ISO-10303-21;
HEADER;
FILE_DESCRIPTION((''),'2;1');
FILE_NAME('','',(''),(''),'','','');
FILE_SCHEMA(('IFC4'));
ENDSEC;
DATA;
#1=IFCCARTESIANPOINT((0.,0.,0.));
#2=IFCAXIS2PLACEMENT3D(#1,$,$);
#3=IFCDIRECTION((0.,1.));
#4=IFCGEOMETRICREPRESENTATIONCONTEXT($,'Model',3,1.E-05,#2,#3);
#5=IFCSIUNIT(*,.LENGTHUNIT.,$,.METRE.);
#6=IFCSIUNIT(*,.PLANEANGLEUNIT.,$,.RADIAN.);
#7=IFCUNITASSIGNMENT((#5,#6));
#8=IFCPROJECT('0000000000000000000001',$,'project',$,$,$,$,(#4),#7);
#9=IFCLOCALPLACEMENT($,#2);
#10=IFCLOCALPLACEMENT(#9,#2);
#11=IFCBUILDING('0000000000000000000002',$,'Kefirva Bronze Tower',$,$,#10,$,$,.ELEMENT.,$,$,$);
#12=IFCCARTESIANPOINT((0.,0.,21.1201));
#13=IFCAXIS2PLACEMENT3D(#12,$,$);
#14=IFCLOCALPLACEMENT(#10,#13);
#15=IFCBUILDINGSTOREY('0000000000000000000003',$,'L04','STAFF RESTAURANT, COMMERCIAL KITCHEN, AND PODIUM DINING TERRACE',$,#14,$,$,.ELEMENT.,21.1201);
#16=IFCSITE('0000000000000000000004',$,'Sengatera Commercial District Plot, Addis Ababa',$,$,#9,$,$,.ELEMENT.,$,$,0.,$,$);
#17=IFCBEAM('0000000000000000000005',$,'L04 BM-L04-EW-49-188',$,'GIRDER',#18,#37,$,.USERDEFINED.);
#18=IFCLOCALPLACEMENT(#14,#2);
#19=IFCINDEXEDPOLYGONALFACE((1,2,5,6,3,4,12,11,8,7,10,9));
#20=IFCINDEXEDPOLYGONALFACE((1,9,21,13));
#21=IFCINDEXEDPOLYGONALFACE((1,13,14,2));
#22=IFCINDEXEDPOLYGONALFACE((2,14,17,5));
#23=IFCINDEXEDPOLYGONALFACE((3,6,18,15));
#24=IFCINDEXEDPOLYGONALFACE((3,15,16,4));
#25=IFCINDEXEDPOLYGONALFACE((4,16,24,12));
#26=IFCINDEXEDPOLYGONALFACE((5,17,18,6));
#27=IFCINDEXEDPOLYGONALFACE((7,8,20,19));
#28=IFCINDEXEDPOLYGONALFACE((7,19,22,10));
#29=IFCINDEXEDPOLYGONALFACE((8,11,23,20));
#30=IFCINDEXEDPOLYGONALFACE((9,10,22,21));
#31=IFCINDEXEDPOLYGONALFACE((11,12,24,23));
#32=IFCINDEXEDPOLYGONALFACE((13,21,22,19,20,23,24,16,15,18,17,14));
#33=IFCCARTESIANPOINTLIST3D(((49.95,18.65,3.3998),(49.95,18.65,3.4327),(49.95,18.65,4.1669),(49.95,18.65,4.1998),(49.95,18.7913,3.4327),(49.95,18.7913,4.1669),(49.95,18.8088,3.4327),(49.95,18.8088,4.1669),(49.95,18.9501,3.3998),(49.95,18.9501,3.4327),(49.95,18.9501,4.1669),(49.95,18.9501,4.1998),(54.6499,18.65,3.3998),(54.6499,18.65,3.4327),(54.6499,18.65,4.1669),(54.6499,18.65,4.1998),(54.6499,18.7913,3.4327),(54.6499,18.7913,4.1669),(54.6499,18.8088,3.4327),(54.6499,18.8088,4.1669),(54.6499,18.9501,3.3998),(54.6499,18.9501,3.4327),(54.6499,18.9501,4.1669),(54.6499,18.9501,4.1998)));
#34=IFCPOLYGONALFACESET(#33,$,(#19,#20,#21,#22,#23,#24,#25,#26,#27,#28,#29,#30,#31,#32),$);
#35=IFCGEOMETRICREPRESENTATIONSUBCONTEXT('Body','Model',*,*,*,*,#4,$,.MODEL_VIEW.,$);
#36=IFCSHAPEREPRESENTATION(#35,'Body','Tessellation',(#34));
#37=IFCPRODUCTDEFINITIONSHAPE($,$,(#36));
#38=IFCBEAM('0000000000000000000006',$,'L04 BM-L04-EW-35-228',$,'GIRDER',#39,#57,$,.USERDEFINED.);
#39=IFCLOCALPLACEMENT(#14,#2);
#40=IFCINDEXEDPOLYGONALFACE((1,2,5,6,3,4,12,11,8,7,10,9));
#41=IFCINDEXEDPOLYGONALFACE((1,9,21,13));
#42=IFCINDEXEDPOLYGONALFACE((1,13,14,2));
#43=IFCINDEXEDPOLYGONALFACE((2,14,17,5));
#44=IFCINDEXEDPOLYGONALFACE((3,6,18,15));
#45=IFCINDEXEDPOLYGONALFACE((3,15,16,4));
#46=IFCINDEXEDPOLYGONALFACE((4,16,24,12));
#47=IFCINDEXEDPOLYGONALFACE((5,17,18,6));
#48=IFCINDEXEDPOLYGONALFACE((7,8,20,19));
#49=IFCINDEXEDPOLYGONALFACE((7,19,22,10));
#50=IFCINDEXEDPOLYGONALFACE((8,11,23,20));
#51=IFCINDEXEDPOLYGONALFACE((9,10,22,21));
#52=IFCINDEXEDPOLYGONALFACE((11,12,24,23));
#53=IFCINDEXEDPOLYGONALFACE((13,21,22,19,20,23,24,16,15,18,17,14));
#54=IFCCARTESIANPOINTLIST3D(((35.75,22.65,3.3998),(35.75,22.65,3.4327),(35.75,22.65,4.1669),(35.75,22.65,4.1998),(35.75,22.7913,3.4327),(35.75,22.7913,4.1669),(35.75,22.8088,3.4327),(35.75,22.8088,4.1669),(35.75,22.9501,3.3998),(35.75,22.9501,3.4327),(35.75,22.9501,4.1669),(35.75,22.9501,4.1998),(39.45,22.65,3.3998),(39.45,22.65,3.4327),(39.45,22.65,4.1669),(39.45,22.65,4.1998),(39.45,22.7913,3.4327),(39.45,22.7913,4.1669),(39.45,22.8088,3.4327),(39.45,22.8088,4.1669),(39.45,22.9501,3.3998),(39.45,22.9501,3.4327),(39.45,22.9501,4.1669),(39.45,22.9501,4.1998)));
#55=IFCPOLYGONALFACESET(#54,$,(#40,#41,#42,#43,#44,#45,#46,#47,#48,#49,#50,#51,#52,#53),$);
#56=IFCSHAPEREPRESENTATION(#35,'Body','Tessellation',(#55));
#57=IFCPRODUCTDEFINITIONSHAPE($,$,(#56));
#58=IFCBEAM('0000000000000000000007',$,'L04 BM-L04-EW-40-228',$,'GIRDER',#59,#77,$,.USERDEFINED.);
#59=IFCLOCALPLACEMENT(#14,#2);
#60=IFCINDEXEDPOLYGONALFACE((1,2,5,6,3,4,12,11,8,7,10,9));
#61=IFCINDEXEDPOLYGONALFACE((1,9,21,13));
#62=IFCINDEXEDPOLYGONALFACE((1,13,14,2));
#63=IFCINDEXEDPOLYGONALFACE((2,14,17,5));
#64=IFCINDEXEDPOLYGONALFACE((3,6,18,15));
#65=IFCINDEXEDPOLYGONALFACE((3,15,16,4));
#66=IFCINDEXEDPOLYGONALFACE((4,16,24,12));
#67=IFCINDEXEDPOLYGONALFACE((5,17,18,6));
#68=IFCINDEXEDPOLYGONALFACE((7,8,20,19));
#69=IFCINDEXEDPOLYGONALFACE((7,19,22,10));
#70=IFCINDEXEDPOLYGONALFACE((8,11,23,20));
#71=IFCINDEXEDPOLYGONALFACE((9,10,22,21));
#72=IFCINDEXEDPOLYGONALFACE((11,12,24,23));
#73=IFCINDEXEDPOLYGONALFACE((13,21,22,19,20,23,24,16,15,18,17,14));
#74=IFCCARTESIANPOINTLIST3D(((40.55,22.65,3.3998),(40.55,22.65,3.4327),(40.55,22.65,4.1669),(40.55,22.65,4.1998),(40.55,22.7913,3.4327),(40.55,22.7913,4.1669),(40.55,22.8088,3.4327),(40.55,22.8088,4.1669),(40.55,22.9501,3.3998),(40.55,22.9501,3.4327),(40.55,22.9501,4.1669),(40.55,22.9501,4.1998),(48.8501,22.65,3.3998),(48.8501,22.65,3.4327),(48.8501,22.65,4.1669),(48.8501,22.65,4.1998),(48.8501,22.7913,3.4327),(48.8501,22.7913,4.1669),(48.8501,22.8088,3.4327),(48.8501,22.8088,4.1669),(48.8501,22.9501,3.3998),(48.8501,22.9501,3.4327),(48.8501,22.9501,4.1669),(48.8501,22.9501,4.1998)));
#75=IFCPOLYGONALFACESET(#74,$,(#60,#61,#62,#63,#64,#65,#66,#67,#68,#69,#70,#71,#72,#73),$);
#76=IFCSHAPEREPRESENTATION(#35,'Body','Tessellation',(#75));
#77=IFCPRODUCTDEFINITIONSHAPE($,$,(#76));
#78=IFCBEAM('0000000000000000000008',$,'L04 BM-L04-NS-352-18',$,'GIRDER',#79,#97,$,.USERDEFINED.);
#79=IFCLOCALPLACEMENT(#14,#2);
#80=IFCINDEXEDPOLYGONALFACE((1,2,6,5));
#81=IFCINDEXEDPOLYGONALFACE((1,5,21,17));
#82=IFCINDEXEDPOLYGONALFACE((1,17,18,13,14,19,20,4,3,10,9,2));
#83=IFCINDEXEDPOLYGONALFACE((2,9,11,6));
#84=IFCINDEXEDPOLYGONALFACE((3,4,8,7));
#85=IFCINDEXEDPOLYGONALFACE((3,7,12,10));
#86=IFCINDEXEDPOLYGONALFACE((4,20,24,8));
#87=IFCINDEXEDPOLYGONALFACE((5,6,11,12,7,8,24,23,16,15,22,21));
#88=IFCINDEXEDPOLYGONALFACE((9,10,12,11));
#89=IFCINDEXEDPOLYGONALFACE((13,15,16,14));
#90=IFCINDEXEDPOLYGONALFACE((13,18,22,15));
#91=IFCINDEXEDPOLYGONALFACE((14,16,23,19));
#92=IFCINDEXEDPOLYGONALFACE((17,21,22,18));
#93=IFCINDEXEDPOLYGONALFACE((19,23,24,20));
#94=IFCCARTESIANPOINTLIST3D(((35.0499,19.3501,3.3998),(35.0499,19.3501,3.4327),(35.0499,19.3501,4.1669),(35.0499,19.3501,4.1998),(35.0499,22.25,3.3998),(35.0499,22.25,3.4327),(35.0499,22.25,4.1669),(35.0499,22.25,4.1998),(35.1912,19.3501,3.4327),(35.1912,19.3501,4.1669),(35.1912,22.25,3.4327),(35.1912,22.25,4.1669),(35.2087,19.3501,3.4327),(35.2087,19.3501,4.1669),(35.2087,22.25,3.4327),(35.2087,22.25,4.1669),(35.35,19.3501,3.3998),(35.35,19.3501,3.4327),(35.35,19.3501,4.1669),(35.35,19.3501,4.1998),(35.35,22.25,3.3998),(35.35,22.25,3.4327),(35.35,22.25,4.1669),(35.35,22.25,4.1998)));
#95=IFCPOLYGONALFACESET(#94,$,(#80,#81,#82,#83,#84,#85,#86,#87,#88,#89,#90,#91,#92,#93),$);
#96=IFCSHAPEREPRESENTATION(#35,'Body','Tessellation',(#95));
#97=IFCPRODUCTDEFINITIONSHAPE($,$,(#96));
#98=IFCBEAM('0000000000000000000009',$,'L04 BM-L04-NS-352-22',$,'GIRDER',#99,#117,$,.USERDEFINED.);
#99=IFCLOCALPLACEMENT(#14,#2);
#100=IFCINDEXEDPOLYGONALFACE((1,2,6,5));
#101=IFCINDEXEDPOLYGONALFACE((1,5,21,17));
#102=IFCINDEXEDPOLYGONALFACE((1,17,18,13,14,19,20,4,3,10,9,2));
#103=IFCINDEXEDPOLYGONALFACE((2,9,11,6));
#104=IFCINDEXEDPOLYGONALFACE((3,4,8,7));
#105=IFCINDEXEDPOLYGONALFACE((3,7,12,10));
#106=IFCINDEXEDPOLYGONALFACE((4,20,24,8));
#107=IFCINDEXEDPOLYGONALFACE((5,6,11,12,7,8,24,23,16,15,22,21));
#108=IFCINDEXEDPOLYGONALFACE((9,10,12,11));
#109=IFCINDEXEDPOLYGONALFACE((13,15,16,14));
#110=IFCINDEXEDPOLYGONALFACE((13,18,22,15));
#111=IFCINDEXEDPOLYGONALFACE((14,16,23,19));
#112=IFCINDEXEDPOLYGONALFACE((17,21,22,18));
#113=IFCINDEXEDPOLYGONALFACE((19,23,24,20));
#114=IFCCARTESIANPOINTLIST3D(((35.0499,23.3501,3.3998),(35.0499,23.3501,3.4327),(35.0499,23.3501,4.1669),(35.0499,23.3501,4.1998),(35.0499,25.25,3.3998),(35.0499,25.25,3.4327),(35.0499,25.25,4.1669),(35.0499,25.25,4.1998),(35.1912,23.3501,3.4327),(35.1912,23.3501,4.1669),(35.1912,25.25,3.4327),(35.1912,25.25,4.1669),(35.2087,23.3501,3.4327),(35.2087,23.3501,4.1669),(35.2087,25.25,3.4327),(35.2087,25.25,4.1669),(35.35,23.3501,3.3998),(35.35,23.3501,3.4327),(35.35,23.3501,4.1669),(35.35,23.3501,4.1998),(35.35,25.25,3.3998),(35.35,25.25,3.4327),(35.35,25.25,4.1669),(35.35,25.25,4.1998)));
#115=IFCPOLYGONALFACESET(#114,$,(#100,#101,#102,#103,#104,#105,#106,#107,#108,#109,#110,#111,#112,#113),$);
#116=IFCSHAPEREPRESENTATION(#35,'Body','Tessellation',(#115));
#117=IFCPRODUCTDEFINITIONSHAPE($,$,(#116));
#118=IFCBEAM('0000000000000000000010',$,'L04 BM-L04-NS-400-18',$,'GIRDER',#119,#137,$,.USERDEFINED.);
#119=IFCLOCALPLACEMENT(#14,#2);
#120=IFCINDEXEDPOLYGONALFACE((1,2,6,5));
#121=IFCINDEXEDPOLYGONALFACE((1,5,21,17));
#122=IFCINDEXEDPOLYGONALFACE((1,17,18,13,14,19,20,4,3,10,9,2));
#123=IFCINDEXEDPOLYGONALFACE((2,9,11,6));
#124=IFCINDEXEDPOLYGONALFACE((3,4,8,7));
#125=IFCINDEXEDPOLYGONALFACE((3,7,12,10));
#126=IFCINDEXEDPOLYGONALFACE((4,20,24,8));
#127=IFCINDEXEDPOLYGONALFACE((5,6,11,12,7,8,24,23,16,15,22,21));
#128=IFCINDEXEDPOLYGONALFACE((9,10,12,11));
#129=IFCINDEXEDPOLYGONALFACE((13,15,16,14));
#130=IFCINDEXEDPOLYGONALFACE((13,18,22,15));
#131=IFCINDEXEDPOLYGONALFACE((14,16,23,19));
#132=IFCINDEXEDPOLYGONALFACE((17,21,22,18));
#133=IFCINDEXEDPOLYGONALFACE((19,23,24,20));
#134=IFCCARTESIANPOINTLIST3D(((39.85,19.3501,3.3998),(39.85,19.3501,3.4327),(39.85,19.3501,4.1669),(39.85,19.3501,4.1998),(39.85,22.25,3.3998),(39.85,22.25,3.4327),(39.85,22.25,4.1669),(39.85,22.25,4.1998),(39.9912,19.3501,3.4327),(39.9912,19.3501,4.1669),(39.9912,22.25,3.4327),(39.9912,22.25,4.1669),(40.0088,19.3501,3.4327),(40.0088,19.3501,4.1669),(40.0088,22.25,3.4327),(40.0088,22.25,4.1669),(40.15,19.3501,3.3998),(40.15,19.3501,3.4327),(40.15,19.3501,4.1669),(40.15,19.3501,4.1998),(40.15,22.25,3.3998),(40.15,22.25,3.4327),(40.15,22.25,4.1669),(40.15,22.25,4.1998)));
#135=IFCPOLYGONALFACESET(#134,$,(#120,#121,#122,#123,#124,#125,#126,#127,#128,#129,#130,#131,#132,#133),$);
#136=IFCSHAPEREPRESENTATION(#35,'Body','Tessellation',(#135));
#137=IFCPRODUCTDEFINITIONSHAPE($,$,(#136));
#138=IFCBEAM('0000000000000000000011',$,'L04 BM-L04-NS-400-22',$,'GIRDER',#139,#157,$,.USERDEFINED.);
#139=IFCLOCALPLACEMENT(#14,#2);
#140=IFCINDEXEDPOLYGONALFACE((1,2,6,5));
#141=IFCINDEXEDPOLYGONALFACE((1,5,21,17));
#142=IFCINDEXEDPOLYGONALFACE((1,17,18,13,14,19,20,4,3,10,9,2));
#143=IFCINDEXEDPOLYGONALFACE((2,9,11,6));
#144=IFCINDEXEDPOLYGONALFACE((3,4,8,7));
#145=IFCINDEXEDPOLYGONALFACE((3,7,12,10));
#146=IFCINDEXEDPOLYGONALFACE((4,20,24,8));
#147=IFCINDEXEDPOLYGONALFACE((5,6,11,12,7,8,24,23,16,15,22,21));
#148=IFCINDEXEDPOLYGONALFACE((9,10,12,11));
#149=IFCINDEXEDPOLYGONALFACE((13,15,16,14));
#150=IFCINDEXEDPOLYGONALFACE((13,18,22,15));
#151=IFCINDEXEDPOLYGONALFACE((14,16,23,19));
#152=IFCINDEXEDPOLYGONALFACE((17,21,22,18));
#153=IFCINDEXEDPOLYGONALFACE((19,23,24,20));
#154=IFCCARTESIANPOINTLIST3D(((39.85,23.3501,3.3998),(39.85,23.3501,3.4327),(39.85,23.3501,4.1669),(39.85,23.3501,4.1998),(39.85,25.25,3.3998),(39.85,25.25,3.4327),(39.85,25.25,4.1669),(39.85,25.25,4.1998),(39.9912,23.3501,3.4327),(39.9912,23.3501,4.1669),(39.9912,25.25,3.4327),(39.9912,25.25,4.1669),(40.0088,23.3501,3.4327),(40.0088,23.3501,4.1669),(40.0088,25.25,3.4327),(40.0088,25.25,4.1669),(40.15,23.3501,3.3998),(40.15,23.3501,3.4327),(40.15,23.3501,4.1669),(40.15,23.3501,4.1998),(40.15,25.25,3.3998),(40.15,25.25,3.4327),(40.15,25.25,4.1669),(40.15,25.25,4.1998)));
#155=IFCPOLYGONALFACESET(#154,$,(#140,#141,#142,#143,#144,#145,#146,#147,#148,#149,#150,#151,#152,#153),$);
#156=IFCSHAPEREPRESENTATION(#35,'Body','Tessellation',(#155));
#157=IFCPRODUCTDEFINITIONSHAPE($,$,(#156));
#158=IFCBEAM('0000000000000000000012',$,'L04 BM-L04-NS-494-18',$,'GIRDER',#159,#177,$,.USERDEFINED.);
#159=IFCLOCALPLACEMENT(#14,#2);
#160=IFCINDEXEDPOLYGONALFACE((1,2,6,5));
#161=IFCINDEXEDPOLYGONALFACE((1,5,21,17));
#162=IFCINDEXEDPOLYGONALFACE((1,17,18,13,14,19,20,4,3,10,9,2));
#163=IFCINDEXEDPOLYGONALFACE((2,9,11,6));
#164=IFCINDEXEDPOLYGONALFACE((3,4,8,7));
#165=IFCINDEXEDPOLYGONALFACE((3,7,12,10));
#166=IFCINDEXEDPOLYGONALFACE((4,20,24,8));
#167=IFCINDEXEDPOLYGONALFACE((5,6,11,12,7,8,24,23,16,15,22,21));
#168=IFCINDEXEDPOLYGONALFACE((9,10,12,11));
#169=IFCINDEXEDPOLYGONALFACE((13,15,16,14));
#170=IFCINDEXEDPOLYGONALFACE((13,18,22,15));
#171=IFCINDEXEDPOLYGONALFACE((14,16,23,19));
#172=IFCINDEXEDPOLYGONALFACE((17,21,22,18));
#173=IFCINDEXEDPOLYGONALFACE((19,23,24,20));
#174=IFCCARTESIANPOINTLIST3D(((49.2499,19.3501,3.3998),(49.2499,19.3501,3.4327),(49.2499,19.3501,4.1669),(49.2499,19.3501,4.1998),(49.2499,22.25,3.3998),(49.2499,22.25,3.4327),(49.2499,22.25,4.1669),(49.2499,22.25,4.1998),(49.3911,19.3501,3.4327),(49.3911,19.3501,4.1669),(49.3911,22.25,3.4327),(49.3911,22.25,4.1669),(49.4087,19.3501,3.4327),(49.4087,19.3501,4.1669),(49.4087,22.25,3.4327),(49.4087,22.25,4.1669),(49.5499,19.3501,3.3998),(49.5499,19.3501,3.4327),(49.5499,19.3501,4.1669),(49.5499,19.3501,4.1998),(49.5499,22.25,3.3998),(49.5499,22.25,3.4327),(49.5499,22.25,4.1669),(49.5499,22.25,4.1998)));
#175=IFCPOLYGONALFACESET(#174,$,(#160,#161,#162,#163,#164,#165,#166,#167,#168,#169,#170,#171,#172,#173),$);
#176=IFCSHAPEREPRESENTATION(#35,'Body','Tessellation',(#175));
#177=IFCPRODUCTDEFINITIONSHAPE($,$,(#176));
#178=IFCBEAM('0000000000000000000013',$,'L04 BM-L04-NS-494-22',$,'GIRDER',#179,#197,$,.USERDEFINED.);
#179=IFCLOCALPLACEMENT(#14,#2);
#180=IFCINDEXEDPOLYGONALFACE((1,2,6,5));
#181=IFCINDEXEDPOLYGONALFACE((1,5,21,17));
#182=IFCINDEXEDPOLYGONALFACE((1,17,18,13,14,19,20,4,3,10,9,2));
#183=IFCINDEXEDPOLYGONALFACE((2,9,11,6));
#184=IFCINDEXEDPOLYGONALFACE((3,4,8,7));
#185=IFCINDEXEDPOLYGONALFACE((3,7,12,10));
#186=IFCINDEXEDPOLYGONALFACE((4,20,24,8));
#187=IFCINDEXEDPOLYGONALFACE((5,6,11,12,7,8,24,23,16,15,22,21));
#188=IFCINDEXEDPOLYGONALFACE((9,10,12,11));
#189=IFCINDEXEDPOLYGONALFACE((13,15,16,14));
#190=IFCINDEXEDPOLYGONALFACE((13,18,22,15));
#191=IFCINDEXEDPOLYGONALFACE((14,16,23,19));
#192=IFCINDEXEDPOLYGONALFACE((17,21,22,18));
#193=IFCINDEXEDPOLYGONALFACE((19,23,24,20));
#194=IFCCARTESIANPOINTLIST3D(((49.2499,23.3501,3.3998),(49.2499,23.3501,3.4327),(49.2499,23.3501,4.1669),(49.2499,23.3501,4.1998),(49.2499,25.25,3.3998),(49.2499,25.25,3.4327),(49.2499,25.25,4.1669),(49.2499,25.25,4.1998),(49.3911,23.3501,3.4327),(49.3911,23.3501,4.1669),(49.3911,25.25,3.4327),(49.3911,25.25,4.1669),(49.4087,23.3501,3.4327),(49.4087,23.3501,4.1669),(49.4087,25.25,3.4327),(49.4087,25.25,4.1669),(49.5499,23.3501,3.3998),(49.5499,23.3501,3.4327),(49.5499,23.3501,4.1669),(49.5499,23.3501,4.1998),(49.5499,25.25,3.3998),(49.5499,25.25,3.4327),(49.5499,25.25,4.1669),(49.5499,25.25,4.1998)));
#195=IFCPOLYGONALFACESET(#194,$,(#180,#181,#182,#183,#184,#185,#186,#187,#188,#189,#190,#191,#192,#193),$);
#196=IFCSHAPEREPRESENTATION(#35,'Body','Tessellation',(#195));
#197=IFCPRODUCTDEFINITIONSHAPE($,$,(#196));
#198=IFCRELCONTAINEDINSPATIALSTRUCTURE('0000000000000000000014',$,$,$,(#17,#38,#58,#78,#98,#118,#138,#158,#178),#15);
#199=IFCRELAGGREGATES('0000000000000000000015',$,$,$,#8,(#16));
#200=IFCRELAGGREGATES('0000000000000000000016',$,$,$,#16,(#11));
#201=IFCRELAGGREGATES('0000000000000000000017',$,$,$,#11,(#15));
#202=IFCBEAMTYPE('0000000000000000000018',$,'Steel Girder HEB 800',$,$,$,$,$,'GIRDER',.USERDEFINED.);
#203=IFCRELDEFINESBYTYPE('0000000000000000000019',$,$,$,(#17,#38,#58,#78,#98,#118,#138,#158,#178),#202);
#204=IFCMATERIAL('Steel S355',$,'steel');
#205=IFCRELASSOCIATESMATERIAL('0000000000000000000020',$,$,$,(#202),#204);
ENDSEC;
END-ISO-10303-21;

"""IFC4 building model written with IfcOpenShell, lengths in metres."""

from ifc_helpers import new_model, si_unit, direction, frame, origin, origin_2d, place, context, subcontext, project, spatial, i_section, extrude, material, material_profile, profile_set, type_object, element, save


model = new_model("IFC4")

# Units and contexts
model_context = context("Model", 3, precision=1e-05, world=origin(), true_north=direction((0.0, 1.0)))
body_context = subcontext(model_context, "Body", "Model", "MODEL_VIEW")
ifc_project = project(units=[si_unit("LENGTHUNIT", "METRE"), si_unit("PLANEANGLEUNIT", "RADIAN")], contexts=[model_context])

# Site, building, storey
site_placement = place(None, origin())
site = spatial("IfcSite", under=ifc_project, at=site_placement, Name="Sengatera Commercial District Plot, Addis Ababa", CompositionType="ELEMENT", RefElevation=0.0)
building_placement = place(site_placement, origin())
building = spatial("IfcBuilding", under=site, at=building_placement, Name="Kefirva Bronze Tower", CompositionType="ELEMENT")
storey_placement = place(building_placement, frame((0.0, 0.0, 21.1201)))
storey = spatial("IfcBuildingStorey", under=building, at=storey_placement, Name="L04", Description="STAFF RESTAURANT, COMMERCIAL KITCHEN, AND PODIUM DINING TERRACE", CompositionType="ELEMENT", Elevation=21.1201)

# Beams
ifc_material_1 = material(Name="Steel S355", Category="steel")
ifc_material_profile_1 = material_profile(ifc_material_1, i_section(OverallWidth=0.3, OverallDepth=0.8, WebThickness=0.0176, FlangeThickness=0.033, at=origin_2d()), Name="HEB 800")
ifc_profile_set_1 = profile_set([ifc_material_profile_1], Name="Steel S355")
beam_type = type_object("IfcBeamType", Name="Steel Girder HEB 800", ElementType="GIRDER", PredefinedType="USERDEFINED", material=ifc_profile_set_1)
beam_1_placement = place(storey_placement, frame((49.95, 18.8, 3.7998), z_axis=(1.0, 0.0, 0.0), x_axis=(0.0, 1.0, 0.0)))
element("IfcBeam", 1, at=beam_1_placement, inside=storey, type_object=beam_type, Name="L04 BM-L04-EW-49-188", ObjectType="GIRDER", PredefinedType="USERDEFINED", context=body_context, shape_type="SweptSolid", body=[
    extrude(i_section(OverallWidth=0.3, OverallDepth=0.8, WebThickness=0.0176, FlangeThickness=0.033, at=origin_2d()), origin(), (0.0, 0.0, 1.0), 4.7),
])
beam_2_placement = place(storey_placement, frame((35.75, 22.8, 3.7998), z_axis=(1.0, 0.0, 0.0), x_axis=(0.0, 1.0, 0.0)))
element("IfcBeam", 2, at=beam_2_placement, inside=storey, type_object=beam_type, Name="L04 BM-L04-EW-35-228", ObjectType="GIRDER", PredefinedType="USERDEFINED", context=body_context, shape_type="SweptSolid", body=[
    extrude(i_section(OverallWidth=0.3, OverallDepth=0.8, WebThickness=0.0176, FlangeThickness=0.033, at=origin_2d()), origin(), (0.0, 0.0, 1.0), 3.7),
])
beam_3_placement = place(storey_placement, frame((40.55, 22.8, 3.7998), z_axis=(1.0, 0.0, 0.0), x_axis=(0.0, 1.0, 0.0)))
element("IfcBeam", 3, at=beam_3_placement, inside=storey, type_object=beam_type, Name="L04 BM-L04-EW-40-228", ObjectType="GIRDER", PredefinedType="USERDEFINED", context=body_context, shape_type="SweptSolid", body=[
    extrude(i_section(OverallWidth=0.3, OverallDepth=0.8, WebThickness=0.0176, FlangeThickness=0.033, at=origin_2d()), origin(), (0.0, 0.0, 1.0), 8.3),
])
beam_4_placement = place(storey_placement, frame((35.2, 19.3501, 3.7998), z_axis=(0.0, 1.0, 0.0), x_axis=(-1.0, 0.0, 0.0)))
element("IfcBeam", 4, at=beam_4_placement, inside=storey, type_object=beam_type, Name="L04 BM-L04-NS-352-18", ObjectType="GIRDER", PredefinedType="USERDEFINED", context=body_context, shape_type="SweptSolid", body=[
    extrude(i_section(OverallWidth=0.3, OverallDepth=0.8, WebThickness=0.0176, FlangeThickness=0.033, at=origin_2d()), origin(), (0.0, 0.0, 1.0), 2.8999),
])
beam_5_placement = place(storey_placement, frame((35.2, 23.3501, 3.7998), z_axis=(0.0, 1.0, 0.0), x_axis=(-1.0, 0.0, 0.0)))
element("IfcBeam", 5, at=beam_5_placement, inside=storey, type_object=beam_type, Name="L04 BM-L04-NS-352-22", ObjectType="GIRDER", PredefinedType="USERDEFINED", context=body_context, shape_type="SweptSolid", body=[
    extrude(i_section(OverallWidth=0.3, OverallDepth=0.8, WebThickness=0.0176, FlangeThickness=0.033, at=origin_2d()), origin(), (0.0, 0.0, 1.0), 1.8999),
])
beam_6_placement = place(storey_placement, frame((40.0, 19.3501, 3.7998), z_axis=(0.0, 1.0, 0.0), x_axis=(-1.0, 0.0, 0.0)))
element("IfcBeam", 6, at=beam_6_placement, inside=storey, type_object=beam_type, Name="L04 BM-L04-NS-400-18", ObjectType="GIRDER", PredefinedType="USERDEFINED", context=body_context, shape_type="SweptSolid", body=[
    extrude(i_section(OverallWidth=0.3, OverallDepth=0.8, WebThickness=0.0176, FlangeThickness=0.033, at=origin_2d()), origin(), (0.0, 0.0, 1.0), 2.8999),
])
beam_7_placement = place(storey_placement, frame((40.0, 23.3501, 3.7998), z_axis=(0.0, 1.0, 0.0), x_axis=(-1.0, 0.0, 0.0)))
element("IfcBeam", 7, at=beam_7_placement, inside=storey, type_object=beam_type, Name="L04 BM-L04-NS-400-22", ObjectType="GIRDER", PredefinedType="USERDEFINED", context=body_context, shape_type="SweptSolid", body=[
    extrude(i_section(OverallWidth=0.3, OverallDepth=0.8, WebThickness=0.0176, FlangeThickness=0.033, at=origin_2d()), origin(), (0.0, 0.0, 1.0), 1.8999),
])
beam_8_placement = place(storey_placement, frame((49.3999, 19.3501, 3.7998), z_axis=(0.0, 1.0, 0.0), x_axis=(-1.0, 0.0, 0.0)))
element("IfcBeam", 8, at=beam_8_placement, inside=storey, type_object=beam_type, Name="L04 BM-L04-NS-494-18", ObjectType="GIRDER", PredefinedType="USERDEFINED", context=body_context, shape_type="SweptSolid", body=[
    extrude(i_section(OverallWidth=0.3, OverallDepth=0.8, WebThickness=0.0176, FlangeThickness=0.033, at=origin_2d()), origin(), (0.0, 0.0, 1.0), 2.8999),
])
beam_9_placement = place(storey_placement, frame((49.3999, 23.3501, 3.7998), z_axis=(0.0, 1.0, 0.0), x_axis=(-1.0, 0.0, 0.0)))
element("IfcBeam", 9, at=beam_9_placement, inside=storey, type_object=beam_type, Name="L04 BM-L04-NS-494-22", ObjectType="GIRDER", PredefinedType="USERDEFINED", context=body_context, shape_type="SweptSolid", body=[
    extrude(i_section(OverallWidth=0.3, OverallDepth=0.8, WebThickness=0.0176, FlangeThickness=0.033, at=origin_2d()), origin(), (0.0, 0.0, 1.0), 1.8999),
])

save(model, "model.ifc")
